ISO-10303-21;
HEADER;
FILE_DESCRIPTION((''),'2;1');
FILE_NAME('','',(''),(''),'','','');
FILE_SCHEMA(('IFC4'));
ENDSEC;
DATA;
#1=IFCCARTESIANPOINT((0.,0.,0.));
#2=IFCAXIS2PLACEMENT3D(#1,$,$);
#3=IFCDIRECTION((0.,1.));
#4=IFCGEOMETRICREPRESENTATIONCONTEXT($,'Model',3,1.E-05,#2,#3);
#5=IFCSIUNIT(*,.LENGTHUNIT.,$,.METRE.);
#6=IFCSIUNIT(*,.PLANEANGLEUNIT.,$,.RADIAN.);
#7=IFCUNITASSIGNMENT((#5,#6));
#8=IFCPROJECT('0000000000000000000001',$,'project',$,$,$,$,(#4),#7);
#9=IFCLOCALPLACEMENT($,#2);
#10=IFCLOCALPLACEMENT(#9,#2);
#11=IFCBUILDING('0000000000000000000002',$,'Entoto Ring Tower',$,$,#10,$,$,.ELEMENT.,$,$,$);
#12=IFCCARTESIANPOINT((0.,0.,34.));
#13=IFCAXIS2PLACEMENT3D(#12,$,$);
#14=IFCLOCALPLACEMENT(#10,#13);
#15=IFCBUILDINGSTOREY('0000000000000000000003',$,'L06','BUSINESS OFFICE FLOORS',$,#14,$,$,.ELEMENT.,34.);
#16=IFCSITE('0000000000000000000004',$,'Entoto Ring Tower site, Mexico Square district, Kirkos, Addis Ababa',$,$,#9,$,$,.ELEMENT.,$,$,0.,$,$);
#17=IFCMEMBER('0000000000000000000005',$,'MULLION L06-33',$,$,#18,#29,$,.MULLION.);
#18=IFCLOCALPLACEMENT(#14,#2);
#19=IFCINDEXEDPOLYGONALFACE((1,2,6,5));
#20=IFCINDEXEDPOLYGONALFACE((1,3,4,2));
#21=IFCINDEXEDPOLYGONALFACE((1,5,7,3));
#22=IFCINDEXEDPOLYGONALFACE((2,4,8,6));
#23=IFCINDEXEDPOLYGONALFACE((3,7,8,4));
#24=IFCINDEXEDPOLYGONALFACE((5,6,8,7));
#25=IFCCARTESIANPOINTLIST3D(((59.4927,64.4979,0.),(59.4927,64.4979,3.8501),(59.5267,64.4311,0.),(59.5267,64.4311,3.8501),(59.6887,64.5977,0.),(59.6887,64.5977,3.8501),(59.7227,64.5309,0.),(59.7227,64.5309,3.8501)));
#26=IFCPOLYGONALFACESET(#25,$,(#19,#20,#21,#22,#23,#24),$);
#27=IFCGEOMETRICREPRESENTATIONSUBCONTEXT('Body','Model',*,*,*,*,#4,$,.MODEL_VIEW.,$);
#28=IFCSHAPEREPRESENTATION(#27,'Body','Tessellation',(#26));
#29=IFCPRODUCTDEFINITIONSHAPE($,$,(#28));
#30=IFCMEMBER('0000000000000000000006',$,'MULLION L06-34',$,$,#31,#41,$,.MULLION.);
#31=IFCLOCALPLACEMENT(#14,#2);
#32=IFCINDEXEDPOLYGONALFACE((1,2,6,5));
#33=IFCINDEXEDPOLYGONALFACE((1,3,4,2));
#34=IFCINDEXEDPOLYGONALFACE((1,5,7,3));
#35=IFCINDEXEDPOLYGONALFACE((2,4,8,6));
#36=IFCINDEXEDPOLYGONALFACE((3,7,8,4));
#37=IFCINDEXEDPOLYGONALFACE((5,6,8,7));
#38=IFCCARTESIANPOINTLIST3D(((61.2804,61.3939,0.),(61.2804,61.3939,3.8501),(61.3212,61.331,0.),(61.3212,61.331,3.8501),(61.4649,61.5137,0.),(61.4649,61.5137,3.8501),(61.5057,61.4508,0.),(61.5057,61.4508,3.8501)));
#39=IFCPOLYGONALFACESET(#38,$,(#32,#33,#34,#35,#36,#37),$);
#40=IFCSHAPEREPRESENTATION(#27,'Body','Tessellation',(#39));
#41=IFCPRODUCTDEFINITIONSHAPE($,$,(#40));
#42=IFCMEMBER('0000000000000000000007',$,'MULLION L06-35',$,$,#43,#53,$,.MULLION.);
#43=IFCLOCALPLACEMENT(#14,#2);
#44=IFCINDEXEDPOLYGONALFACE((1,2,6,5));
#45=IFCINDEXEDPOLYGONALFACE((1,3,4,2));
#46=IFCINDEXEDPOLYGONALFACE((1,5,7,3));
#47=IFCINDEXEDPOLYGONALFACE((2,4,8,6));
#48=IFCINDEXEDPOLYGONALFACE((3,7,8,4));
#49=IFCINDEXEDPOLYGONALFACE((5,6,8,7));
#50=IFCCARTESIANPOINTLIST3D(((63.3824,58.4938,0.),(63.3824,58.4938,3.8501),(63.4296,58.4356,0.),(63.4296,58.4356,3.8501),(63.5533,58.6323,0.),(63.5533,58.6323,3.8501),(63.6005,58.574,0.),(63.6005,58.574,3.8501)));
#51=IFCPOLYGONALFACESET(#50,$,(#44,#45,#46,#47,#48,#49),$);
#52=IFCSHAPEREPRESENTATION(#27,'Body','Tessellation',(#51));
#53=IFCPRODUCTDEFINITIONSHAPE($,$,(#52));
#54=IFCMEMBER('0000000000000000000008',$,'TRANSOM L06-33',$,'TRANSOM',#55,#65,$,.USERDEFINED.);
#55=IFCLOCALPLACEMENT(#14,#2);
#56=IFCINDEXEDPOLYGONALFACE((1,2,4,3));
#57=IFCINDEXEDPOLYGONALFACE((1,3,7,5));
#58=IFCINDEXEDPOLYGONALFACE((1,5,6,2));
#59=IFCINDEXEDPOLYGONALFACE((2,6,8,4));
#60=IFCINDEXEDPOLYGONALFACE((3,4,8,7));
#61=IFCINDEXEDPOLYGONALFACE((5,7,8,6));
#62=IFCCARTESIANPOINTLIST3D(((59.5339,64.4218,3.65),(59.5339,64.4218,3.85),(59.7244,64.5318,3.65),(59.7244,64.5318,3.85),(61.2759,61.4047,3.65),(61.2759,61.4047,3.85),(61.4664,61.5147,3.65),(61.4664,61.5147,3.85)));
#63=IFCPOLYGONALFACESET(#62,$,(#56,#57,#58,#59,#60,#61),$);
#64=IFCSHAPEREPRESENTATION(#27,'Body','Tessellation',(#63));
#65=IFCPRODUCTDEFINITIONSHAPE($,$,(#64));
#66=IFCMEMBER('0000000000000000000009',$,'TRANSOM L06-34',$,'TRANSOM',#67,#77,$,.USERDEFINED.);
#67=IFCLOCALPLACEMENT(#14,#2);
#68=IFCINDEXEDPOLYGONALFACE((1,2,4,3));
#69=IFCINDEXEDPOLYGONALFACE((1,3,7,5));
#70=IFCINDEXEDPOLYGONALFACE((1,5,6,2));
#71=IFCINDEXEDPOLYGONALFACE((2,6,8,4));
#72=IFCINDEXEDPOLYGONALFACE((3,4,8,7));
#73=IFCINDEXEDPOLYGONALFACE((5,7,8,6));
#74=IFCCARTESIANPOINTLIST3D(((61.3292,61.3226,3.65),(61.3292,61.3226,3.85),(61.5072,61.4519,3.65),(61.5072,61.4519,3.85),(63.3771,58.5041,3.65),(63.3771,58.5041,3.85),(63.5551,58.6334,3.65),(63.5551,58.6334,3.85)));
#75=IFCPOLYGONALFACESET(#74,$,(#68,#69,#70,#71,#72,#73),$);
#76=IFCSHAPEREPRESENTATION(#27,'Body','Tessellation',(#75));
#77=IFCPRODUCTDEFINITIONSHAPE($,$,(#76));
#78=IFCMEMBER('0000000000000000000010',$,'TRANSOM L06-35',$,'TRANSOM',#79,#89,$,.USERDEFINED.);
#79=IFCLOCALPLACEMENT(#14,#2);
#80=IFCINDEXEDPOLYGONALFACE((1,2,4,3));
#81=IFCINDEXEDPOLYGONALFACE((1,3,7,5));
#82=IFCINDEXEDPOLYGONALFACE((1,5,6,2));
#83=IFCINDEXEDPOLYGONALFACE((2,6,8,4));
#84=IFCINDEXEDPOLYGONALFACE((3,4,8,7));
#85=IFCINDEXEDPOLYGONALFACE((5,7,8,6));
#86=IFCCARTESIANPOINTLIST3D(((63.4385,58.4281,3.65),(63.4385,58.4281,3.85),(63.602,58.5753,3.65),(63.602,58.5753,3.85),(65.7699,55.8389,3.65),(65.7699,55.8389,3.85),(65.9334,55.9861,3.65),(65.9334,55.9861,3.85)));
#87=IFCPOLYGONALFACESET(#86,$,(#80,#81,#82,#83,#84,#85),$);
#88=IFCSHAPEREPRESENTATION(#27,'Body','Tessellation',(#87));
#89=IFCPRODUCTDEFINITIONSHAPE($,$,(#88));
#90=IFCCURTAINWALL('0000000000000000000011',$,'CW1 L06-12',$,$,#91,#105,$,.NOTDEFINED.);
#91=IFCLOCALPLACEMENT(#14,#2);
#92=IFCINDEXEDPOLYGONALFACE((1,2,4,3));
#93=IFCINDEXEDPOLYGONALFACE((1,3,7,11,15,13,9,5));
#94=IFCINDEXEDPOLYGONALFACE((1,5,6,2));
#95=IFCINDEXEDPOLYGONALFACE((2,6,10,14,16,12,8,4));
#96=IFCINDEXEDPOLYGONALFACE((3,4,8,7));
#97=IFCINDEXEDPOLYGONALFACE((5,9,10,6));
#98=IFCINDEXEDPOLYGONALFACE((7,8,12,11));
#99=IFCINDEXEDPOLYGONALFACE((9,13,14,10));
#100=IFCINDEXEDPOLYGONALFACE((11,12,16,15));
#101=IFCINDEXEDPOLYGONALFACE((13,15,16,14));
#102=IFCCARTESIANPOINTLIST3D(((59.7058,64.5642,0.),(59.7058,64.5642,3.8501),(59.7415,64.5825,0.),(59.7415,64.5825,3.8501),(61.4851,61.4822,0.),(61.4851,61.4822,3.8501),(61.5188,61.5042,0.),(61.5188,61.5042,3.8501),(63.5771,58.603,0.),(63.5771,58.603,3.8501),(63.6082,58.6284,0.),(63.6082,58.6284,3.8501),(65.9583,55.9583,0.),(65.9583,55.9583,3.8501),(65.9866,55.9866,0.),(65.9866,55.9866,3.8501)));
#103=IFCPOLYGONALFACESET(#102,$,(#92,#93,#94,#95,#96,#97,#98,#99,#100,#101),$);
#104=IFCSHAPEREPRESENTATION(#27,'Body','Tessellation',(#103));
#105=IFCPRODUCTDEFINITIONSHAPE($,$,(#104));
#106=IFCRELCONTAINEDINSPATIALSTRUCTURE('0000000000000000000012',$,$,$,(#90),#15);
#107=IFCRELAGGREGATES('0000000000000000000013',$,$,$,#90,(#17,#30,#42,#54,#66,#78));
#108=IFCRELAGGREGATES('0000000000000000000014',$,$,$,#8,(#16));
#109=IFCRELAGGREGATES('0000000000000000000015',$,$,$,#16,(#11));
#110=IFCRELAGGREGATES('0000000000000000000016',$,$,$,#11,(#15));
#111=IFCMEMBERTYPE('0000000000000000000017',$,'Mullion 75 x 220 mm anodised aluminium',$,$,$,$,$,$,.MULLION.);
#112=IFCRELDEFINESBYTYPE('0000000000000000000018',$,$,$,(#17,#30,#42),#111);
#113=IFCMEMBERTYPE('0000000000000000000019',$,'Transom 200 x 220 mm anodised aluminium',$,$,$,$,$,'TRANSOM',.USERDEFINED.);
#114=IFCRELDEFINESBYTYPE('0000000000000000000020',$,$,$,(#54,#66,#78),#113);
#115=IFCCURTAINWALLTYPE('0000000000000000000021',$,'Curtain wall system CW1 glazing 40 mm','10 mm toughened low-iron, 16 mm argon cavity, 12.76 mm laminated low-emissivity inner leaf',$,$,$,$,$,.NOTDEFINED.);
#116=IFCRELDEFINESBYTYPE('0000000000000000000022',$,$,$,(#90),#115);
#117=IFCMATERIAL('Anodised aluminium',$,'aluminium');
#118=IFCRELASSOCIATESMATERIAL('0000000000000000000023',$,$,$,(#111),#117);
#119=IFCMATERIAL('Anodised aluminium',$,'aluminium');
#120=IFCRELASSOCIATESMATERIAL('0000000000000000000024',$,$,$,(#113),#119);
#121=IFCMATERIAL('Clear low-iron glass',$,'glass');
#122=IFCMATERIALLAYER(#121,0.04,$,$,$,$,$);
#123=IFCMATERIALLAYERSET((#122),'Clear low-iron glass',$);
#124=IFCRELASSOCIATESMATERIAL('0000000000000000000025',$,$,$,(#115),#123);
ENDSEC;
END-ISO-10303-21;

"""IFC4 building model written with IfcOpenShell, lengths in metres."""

from ifc_helpers import new_model, si_unit, direction, frame, origin, origin_2d, place, context, subcontext, project, spatial, polyline, rectangle, outline, extrude, material, layer, layer_set, material_profile, profile_set, type_object, element, aggregate, save


model = new_model("IFC4")

# Units and contexts
model_context = context("Model", 3, precision=1e-05, world=origin(), true_north=direction((0.0, 1.0)))
body_context = subcontext(model_context, "Body", "Model", "MODEL_VIEW")
ifc_project = project(units=[si_unit("LENGTHUNIT", "METRE"), si_unit("PLANEANGLEUNIT", "RADIAN")], contexts=[model_context])

# Members
ifc_material_1 = material(Name="Anodised aluminium", Category="aluminium")
ifc_material_profile_1 = material_profile(ifc_material_1, rectangle(XDim=0.075, YDim=0.22, at=origin_2d()), Name="Mullion 75 x 220 mm anodised aluminium")
ifc_profile_set_1 = profile_set([ifc_material_profile_1], Name="Anodised aluminium")
member_type_1 = type_object("IfcMemberType", Name="Mullion 75 x 220 mm anodised aluminium", PredefinedType="MULLION", material=ifc_profile_set_1)
site_placement = place(None, origin())
building_placement = place(site_placement, origin())
storey_placement = place(building_placement, frame((0.0, 0.0, 34.0)))
member_1_placement = place(storey_placement, frame((59.6077, 64.5144, 0.0), z_axis=(0.0, 0.0, 1.0), x_axis=(0.45399, -0.891007, 0.0)))
member_1 = element("IfcMember", 1, at=member_1_placement, type_object=member_type_1, Name="MULLION L06-33", PredefinedType="MULLION", context=body_context, shape_type="SweptSolid", body=[
    extrude(rectangle(XDim=0.075, YDim=0.22, at=origin_2d()), origin(), (0.0, 0.0, 1.0), 3.8501),
])
member_2_placement = place(storey_placement, frame((61.3931, 61.4224, 0.0), z_axis=(0.0, 0.0, 1.0), x_axis=(0.544639, -0.838671, 0.0)))
member_2 = element("IfcMember", 2, at=member_2_placement, type_object=member_type_1, Name="MULLION L06-34", PredefinedType="MULLION", context=body_context, shape_type="SweptSolid", body=[
    extrude(rectangle(XDim=0.075, YDim=0.22, at=origin_2d()), origin(), (0.0, 0.0, 1.0), 3.8501),
])
member_3_placement = place(storey_placement, frame((63.4915, 58.5339, 0.0), z_axis=(0.0, 0.0, 1.0), x_axis=(0.62932, -0.777146, 0.0)))
member_3 = element("IfcMember", 3, at=member_3_placement, type_object=member_type_1, Name="MULLION L06-35", PredefinedType="MULLION", context=body_context, shape_type="SweptSolid", body=[
    extrude(rectangle(XDim=0.075, YDim=0.22, at=origin_2d()), origin(), (0.0, 0.0, 1.0), 3.8501),
])
ifc_material_2 = material(Name="Anodised aluminium", Category="aluminium")
ifc_material_profile_2 = material_profile(ifc_material_2, rectangle(XDim=0.22, YDim=0.2, at=origin_2d()), Name="Transom 200 x 220 mm anodised aluminium")
ifc_profile_set_2 = profile_set([ifc_material_profile_2], Name="Anodised aluminium")
member_type_2 = type_object("IfcMemberType", Name="Transom 200 x 220 mm anodised aluminium", ElementType="TRANSOM", PredefinedType="USERDEFINED", material=ifc_profile_set_2)
member_4_placement = place(storey_placement, frame((59.6292, 64.4768, 3.75), z_axis=(0.500006, -0.866022, 0.0), x_axis=(0.866022, 0.500006, 0.0)))
member_4 = element("IfcMember", 4, at=member_4_placement, type_object=member_type_2, Name="TRANSOM L06-33", ObjectType="TRANSOM", PredefinedType="USERDEFINED", context=body_context, shape_type="SweptSolid", body=[
    extrude(rectangle(XDim=0.22, YDim=0.2, at=origin_2d()), origin(), (0.0, 0.0, 1.0), 3.4839),
])
member_5_placement = place(storey_placement, frame((61.4182, 61.3872, 3.75), z_axis=(0.587822, -0.808991, 0.0), x_axis=(0.808991, 0.587822, 0.0)))
member_5 = element("IfcMember", 5, at=member_5_placement, type_object=member_type_2, Name="TRANSOM L06-34", ObjectType="TRANSOM", PredefinedType="USERDEFINED", context=body_context, shape_type="SweptSolid", body=[
    extrude(rectangle(XDim=0.22, YDim=0.2, at=origin_2d()), origin(), (0.0, 0.0, 1.0), 3.4839),
])
member_6_placement = place(storey_placement, frame((63.5203, 58.5017, 3.75), z_axis=(0.669139, -0.743137, 0.0), x_axis=(0.743137, 0.669139, 0.0)))
member_6 = element("IfcMember", 6, at=member_6_placement, type_object=member_type_2, Name="TRANSOM L06-35", ObjectType="TRANSOM", PredefinedType="USERDEFINED", context=body_context, shape_type="SweptSolid", body=[
    extrude(rectangle(XDim=0.22, YDim=0.2, at=origin_2d()), origin(), (0.0, 0.0, 1.0), 3.4841),
])

# Site, building, storey
site = spatial("IfcSite", under=ifc_project, at=site_placement, Name="Entoto Ring Tower site, Mexico Square district, Kirkos, Addis Ababa", CompositionType="ELEMENT", RefElevation=0.0)
building = spatial("IfcBuilding", under=site, at=building_placement, Name="Entoto Ring Tower", CompositionType="ELEMENT")
storey = spatial("IfcBuildingStorey", under=building, at=storey_placement, Name="L06", Description="BUSINESS OFFICE FLOORS", CompositionType="ELEMENT", Elevation=34.0)

# Curtain wall
ifc_material_3 = material(Name="Clear low-iron glass", Category="glass")
ifc_layer = layer(ifc_material_3, 0.04)
ifc_layer_set = layer_set([ifc_layer], Name="Clear low-iron glass")
curtain_wall_type = type_object("IfcCurtainWallType", Name="Curtain wall system CW1 glazing 40 mm", Description="10 mm toughened low-iron, 16 mm argon cavity, 12.76 mm laminated low-emissivity inner leaf", PredefinedType="NOTDEFINED", material=ifc_layer_set)
curtain_wall_1_placement = place(storey_placement, origin())
curtain_wall_1 = element("IfcCurtainWall", 7, at=curtain_wall_1_placement, inside=storey, type_object=curtain_wall_type, Name="CW1 L06-12", PredefinedType="NOTDEFINED", context=body_context, shape_type="SweptSolid", body=[
    extrude(outline(polyline([(59.7058, 64.5642), (61.4851, 61.4822), (63.5771, 58.603), (65.9583, 55.9583), (65.9866, 55.9866), (63.6082, 58.6284), (61.5188, 61.5042), (59.7415, 64.5825), (59.7058, 64.5642)])), origin(), (0.0, 0.0, 1.0), 3.8501),
])
aggregate(curtain_wall_1, [member_1, member_2, member_3, member_4, member_5, member_6])

save(model, "model.ifc")
